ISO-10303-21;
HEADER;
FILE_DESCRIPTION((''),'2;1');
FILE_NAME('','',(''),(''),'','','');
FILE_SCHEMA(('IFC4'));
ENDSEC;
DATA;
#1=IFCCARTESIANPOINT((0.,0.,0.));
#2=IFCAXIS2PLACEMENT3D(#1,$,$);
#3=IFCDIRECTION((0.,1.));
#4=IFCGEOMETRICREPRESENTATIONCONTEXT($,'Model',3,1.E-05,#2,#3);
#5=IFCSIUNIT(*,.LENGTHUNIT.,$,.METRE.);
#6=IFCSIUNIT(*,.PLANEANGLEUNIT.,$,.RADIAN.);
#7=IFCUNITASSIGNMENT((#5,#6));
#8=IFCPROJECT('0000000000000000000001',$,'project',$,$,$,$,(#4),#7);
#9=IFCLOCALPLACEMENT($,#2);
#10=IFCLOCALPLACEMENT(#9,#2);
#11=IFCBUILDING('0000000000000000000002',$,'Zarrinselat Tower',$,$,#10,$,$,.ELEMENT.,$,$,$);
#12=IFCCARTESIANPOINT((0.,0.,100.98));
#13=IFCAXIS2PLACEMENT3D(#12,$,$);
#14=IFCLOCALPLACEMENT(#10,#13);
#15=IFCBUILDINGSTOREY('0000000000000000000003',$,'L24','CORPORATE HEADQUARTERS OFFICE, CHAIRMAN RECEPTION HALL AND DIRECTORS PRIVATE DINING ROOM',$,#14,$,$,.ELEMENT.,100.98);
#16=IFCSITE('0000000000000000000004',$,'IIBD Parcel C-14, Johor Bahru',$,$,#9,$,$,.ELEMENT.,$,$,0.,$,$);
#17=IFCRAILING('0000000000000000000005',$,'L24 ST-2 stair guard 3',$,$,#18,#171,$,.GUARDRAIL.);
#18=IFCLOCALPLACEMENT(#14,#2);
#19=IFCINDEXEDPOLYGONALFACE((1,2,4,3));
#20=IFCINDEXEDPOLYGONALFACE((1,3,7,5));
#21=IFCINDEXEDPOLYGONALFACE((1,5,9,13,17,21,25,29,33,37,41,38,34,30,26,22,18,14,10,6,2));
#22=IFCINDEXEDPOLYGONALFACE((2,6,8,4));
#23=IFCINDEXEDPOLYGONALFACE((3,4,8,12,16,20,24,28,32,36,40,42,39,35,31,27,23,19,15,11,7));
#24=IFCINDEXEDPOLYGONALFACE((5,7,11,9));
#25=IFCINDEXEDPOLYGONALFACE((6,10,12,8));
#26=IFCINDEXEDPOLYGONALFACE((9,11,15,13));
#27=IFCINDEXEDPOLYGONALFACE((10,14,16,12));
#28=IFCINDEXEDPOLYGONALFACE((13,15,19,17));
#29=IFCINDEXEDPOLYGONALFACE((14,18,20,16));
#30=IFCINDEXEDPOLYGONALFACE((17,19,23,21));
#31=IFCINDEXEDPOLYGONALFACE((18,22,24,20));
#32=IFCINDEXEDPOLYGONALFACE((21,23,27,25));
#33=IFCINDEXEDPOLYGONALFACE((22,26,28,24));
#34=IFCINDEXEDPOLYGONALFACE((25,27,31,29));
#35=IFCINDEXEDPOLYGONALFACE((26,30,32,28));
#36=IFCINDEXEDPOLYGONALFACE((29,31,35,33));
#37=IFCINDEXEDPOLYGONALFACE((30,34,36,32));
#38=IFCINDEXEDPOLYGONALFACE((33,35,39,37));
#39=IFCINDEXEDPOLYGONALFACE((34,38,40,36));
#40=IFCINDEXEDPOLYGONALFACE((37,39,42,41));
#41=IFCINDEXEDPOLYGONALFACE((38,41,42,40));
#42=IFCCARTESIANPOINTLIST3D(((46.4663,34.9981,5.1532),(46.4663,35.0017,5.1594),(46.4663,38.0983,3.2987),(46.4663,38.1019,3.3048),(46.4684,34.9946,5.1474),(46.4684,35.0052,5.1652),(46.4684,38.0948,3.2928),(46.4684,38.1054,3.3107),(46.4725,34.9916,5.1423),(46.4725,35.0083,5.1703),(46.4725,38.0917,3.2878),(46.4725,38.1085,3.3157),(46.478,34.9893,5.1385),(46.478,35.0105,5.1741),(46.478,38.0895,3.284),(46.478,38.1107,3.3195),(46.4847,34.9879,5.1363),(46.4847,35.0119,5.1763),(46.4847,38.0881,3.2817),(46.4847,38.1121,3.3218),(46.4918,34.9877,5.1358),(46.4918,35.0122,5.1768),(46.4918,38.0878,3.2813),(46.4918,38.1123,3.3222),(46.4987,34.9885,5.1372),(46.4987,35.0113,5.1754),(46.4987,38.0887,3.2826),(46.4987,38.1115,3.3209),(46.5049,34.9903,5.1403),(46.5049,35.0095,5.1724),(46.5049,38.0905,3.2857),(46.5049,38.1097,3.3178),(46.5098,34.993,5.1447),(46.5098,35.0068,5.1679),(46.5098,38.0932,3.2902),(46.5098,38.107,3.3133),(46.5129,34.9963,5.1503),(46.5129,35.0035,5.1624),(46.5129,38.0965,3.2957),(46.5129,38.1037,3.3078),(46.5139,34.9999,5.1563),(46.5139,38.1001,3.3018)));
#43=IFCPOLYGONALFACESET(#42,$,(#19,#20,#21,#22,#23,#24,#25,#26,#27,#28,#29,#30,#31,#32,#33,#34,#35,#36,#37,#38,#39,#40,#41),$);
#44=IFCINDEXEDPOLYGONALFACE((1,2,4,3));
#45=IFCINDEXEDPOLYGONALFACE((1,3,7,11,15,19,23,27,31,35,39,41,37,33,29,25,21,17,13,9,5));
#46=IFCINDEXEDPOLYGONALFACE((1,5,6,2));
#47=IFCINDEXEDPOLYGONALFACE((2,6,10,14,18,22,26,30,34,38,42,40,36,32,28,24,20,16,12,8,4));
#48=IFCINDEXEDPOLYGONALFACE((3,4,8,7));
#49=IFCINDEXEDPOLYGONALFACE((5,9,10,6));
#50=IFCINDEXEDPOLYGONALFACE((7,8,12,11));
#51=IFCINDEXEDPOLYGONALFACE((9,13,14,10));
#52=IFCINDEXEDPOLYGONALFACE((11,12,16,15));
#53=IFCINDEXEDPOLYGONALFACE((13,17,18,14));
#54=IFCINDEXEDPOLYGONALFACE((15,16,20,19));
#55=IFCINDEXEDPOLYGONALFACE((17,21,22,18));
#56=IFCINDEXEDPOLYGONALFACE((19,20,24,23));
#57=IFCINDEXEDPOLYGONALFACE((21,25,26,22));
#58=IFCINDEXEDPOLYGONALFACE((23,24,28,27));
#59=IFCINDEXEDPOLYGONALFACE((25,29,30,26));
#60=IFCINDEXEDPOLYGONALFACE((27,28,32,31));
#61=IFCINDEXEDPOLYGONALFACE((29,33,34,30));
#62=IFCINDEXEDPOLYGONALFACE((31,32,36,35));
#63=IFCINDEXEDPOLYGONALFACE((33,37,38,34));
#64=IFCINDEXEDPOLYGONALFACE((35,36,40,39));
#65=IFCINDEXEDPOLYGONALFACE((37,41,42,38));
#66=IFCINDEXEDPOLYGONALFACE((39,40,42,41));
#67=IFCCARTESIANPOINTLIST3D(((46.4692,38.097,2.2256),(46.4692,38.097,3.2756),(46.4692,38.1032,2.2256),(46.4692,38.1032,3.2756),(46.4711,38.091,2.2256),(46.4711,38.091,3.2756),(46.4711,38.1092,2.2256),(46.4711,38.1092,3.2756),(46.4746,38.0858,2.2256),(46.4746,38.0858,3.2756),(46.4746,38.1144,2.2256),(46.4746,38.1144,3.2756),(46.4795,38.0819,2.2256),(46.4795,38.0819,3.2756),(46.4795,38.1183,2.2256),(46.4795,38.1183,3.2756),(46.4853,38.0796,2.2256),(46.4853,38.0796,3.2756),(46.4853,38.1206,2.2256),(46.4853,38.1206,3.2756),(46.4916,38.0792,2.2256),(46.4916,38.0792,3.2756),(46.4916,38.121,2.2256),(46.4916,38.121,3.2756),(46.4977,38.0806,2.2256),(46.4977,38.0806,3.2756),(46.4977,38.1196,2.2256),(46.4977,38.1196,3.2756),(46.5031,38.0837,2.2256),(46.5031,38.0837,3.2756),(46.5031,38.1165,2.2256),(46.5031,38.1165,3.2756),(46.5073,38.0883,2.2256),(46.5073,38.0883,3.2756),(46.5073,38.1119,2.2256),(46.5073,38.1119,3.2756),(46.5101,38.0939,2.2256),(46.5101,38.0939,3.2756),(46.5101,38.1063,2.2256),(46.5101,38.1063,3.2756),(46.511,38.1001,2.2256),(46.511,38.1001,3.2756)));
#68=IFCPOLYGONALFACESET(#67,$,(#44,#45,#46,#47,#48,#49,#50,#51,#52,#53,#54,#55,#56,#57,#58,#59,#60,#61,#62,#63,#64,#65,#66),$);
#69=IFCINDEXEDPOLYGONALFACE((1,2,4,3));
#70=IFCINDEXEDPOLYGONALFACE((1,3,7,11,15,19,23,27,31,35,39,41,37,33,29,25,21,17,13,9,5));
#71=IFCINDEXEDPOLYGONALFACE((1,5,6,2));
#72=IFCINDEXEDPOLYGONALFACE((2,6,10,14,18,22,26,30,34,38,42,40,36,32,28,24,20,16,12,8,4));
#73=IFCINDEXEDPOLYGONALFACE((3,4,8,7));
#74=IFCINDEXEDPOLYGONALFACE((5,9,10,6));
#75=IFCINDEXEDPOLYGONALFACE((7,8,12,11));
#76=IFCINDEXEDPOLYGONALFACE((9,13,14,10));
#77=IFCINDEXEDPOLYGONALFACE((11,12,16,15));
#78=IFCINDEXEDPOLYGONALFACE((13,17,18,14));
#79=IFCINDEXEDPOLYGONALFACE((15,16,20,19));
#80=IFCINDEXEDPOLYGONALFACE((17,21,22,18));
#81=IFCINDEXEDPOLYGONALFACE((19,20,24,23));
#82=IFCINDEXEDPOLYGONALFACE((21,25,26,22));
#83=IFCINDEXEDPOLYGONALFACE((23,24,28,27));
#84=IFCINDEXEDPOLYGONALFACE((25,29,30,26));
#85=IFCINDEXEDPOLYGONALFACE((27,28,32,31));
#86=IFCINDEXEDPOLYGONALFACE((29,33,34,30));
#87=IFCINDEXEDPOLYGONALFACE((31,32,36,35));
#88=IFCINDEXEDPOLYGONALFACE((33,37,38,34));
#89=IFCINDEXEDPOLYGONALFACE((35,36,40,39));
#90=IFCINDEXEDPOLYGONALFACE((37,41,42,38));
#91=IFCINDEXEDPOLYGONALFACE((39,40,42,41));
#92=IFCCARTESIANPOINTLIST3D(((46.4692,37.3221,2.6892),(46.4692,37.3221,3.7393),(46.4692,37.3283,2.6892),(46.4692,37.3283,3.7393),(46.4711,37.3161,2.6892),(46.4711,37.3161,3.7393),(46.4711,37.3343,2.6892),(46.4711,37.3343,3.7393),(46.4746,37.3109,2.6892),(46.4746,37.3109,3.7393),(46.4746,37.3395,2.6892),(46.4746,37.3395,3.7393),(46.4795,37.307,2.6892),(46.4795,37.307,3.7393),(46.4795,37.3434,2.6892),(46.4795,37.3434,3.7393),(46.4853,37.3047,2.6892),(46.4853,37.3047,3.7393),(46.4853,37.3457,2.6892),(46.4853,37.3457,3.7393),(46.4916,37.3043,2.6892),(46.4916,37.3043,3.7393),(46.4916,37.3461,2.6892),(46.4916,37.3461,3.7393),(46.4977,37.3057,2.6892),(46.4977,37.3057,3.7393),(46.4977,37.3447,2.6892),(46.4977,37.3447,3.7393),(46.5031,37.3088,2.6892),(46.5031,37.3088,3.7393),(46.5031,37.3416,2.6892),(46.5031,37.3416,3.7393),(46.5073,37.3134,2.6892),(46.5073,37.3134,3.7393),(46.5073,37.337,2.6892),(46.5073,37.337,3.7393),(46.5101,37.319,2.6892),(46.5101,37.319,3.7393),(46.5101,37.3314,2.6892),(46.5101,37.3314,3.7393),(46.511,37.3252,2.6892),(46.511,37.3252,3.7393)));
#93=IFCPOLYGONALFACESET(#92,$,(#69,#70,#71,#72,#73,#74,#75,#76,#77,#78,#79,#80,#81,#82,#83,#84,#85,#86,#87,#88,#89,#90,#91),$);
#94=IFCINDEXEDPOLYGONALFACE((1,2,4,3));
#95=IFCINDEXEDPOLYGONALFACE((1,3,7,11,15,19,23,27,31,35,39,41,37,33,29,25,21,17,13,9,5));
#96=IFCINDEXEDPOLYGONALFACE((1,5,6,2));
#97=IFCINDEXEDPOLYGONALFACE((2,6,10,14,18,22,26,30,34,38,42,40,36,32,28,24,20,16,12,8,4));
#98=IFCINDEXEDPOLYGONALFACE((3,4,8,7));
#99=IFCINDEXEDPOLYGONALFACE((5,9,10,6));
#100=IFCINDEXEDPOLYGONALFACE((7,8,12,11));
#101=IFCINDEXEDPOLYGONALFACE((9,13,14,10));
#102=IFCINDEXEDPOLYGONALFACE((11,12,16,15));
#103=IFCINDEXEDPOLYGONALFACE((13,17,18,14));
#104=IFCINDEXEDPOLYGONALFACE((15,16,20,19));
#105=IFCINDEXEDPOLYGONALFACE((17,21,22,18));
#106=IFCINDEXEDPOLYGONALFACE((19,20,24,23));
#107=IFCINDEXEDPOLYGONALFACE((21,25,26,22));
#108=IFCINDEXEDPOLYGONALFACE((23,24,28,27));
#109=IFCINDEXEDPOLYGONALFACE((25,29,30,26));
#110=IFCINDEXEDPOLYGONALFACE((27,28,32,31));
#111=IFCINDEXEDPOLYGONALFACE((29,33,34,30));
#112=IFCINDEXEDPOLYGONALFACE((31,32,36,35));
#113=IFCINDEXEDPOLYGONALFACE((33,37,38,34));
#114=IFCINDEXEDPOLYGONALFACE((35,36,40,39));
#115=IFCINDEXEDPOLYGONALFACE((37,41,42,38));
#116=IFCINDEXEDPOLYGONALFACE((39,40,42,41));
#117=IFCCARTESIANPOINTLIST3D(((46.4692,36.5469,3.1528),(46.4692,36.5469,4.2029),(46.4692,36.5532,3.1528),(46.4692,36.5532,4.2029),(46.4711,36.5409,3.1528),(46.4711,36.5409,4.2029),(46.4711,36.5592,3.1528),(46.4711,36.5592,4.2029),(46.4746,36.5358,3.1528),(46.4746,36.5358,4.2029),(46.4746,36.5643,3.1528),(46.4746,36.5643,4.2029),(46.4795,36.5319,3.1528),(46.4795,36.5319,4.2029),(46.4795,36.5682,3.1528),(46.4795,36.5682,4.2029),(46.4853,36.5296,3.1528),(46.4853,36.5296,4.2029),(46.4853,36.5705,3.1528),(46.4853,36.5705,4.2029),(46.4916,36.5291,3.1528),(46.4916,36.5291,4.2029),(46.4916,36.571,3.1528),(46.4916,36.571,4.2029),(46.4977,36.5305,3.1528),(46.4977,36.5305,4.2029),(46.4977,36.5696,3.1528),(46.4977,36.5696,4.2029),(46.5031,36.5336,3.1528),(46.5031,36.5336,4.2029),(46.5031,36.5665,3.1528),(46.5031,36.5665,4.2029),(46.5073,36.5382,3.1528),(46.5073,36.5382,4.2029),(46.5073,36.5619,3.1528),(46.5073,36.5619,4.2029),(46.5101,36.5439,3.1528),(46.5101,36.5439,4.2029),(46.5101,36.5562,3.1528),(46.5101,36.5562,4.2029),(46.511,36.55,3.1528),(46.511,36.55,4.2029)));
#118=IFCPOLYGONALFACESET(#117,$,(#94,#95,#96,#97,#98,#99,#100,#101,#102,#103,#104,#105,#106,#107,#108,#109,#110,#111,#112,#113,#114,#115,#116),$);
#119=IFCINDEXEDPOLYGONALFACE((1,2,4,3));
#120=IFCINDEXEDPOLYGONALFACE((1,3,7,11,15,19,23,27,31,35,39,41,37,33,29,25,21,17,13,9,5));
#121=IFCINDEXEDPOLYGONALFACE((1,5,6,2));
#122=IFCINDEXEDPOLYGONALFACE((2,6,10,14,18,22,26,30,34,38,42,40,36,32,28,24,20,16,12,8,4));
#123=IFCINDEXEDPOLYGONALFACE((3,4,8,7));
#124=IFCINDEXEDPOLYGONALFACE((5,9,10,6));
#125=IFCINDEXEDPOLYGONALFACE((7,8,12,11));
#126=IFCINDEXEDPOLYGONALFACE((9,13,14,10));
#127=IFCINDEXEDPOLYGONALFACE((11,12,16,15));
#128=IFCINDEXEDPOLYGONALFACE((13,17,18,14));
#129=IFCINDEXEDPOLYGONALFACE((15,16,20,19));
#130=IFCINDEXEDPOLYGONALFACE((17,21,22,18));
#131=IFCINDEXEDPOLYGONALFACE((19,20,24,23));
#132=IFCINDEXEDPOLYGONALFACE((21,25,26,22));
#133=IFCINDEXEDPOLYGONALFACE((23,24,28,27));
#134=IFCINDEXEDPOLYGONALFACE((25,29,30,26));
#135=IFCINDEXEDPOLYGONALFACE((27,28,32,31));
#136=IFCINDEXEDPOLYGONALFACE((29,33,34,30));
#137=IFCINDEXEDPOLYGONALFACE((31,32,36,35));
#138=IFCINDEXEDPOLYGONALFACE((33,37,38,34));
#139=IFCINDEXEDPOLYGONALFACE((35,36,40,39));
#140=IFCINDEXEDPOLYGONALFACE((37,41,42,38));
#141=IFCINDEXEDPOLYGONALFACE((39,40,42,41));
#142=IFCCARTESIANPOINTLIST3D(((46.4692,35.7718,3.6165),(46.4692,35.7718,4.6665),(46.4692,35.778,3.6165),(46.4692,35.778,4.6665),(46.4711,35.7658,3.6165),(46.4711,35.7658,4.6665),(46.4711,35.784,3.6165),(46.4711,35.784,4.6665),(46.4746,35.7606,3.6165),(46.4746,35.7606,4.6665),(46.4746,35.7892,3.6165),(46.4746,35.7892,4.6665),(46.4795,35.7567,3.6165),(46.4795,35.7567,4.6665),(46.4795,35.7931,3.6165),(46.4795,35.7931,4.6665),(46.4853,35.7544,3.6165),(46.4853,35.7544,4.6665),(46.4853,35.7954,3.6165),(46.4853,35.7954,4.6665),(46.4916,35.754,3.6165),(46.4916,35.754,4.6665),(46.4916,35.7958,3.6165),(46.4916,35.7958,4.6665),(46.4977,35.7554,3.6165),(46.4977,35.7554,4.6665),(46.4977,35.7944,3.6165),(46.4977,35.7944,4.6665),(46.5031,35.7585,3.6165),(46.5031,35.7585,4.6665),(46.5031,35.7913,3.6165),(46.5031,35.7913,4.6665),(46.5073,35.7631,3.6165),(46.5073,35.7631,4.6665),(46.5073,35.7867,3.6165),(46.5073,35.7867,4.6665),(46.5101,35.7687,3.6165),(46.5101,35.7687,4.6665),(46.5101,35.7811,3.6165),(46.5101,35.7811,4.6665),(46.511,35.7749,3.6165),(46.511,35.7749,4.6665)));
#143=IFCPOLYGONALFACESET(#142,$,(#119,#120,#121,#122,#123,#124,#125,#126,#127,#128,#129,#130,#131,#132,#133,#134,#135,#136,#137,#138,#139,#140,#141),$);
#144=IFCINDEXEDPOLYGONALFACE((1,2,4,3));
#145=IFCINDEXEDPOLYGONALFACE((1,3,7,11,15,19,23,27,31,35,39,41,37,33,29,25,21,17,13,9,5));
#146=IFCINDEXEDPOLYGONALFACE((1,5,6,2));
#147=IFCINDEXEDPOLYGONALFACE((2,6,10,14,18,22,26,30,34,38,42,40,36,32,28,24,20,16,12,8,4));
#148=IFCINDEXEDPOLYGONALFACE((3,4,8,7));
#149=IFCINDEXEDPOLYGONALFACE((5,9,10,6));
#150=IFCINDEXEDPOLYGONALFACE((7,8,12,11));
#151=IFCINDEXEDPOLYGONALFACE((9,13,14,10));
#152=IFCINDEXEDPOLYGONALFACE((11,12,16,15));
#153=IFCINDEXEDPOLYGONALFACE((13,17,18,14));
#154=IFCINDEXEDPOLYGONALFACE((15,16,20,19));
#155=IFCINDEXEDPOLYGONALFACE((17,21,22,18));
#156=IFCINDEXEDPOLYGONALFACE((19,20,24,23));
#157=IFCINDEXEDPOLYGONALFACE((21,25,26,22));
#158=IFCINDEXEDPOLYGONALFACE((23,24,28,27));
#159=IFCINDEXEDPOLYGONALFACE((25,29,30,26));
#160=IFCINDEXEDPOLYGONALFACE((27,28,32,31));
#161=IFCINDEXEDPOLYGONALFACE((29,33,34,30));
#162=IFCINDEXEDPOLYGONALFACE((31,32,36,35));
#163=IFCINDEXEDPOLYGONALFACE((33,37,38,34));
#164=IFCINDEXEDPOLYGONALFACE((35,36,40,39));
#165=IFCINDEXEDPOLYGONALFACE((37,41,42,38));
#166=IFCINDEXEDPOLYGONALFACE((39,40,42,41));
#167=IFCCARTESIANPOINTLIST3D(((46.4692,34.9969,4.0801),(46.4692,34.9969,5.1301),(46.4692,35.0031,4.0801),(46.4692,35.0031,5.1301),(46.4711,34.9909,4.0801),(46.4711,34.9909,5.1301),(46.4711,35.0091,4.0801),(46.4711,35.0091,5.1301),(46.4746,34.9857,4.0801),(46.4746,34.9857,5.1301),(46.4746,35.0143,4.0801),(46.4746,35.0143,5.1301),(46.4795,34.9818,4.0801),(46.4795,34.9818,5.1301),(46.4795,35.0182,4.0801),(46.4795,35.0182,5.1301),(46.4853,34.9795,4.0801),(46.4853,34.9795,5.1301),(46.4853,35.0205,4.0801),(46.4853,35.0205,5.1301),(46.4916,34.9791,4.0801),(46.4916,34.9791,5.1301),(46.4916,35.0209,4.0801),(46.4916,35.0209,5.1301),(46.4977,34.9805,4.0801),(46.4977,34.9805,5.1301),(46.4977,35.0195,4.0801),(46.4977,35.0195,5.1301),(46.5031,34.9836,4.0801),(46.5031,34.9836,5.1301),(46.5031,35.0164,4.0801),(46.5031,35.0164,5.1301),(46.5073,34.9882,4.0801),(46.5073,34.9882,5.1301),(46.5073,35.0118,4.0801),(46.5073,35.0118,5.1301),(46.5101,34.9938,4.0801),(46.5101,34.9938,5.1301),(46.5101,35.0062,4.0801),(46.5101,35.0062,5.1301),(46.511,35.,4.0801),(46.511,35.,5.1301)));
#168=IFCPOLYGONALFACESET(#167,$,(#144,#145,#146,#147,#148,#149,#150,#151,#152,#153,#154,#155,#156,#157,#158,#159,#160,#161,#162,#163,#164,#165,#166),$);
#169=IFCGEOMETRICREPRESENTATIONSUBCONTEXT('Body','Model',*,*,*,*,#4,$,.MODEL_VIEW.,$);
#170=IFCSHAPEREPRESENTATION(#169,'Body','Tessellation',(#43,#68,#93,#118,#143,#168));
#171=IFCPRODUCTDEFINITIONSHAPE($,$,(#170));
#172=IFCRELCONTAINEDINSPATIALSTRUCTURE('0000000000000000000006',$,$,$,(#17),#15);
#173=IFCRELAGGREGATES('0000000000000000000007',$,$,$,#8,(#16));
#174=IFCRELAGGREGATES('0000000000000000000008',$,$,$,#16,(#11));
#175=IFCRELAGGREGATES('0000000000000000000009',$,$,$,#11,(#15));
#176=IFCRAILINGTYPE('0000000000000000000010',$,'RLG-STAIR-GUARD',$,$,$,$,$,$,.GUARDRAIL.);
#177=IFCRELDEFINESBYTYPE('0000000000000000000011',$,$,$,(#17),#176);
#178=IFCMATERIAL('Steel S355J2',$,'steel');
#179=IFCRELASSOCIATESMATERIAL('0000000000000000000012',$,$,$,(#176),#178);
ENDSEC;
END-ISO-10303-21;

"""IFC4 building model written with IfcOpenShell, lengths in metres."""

from ifc_helpers import new_model, si_unit, direction, frame, origin, origin_2d, place, context, subcontext, project, spatial, circle, extrude, material, type_object, element, save


model = new_model("IFC4")

# Units and contexts
model_context = context("Model", 3, precision=1e-05, world=origin(), true_north=direction((0.0, 1.0)))
body_context = subcontext(model_context, "Body", "Model", "MODEL_VIEW")
ifc_project = project(units=[si_unit("LENGTHUNIT", "METRE"), si_unit("PLANEANGLEUNIT", "RADIAN")], contexts=[model_context])

# Site, building, storey
site_placement = place(None, origin())
site = spatial("IfcSite", under=ifc_project, at=site_placement, Name="IIBD Parcel C-14, Johor Bahru", CompositionType="ELEMENT", RefElevation=0.0)
building_placement = place(site_placement, origin())
building = spatial("IfcBuilding", under=site, at=building_placement, Name="Zarrinselat Tower", CompositionType="ELEMENT")
storey_placement = place(building_placement, frame((0.0, 0.0, 100.98)))
storey = spatial("IfcBuildingStorey", under=building, at=storey_placement, Name="L24", Description="CORPORATE HEADQUARTERS OFFICE, CHAIRMAN RECEPTION HALL AND DIRECTORS PRIVATE DINING ROOM", CompositionType="ELEMENT", Elevation=100.98)

# Railing
ifc_material_1 = material(Name="Steel S355J2", Category="steel")
railing_type_1 = type_object("IfcRailingType", Name="RLG-STAIR-GUARD", PredefinedType="GUARDRAIL", material=ifc_material_1)
railing_1_placement = place(storey_placement, frame((46.49, 38.1001, 2.2256)))
element("IfcRailing", 1, at=railing_1_placement, inside=storey, type_object=railing_type_1, Name="L24 ST-2 stair guard 3", PredefinedType="GUARDRAIL", context=body_context, shape_type="SweptSolid", body=[
    extrude(circle(Radius=0.0239, at=origin_2d()), frame((0.0, 0.0, 1.0762), z_axis=(0.0, -0.858172, 0.513362), x_axis=(1.0, 0.0, 0.0)), (0.0, 0.0, 1.0), 3.6125),
    extrude(circle(Radius=0.021, at=origin_2d()), origin(), (0.0, 0.0, 1.0), 1.05),
    extrude(circle(Radius=0.021, at=origin_2d()), frame((0.0, -0.7749, 0.4636)), (0.0, 0.0, 1.0), 1.05),
    extrude(circle(Radius=0.021, at=origin_2d()), frame((0.0, -1.55, 0.9272)), (0.0, 0.0, 1.0), 1.05),
    extrude(circle(Radius=0.021, at=origin_2d()), frame((0.0, -2.3252, 1.3909)), (0.0, 0.0, 1.0), 1.05),
    extrude(circle(Radius=0.021, at=origin_2d()), frame((0.0, -3.1001, 1.8545)), (0.0, 0.0, 1.0), 1.05),
])

save(model, "model.ifc")
